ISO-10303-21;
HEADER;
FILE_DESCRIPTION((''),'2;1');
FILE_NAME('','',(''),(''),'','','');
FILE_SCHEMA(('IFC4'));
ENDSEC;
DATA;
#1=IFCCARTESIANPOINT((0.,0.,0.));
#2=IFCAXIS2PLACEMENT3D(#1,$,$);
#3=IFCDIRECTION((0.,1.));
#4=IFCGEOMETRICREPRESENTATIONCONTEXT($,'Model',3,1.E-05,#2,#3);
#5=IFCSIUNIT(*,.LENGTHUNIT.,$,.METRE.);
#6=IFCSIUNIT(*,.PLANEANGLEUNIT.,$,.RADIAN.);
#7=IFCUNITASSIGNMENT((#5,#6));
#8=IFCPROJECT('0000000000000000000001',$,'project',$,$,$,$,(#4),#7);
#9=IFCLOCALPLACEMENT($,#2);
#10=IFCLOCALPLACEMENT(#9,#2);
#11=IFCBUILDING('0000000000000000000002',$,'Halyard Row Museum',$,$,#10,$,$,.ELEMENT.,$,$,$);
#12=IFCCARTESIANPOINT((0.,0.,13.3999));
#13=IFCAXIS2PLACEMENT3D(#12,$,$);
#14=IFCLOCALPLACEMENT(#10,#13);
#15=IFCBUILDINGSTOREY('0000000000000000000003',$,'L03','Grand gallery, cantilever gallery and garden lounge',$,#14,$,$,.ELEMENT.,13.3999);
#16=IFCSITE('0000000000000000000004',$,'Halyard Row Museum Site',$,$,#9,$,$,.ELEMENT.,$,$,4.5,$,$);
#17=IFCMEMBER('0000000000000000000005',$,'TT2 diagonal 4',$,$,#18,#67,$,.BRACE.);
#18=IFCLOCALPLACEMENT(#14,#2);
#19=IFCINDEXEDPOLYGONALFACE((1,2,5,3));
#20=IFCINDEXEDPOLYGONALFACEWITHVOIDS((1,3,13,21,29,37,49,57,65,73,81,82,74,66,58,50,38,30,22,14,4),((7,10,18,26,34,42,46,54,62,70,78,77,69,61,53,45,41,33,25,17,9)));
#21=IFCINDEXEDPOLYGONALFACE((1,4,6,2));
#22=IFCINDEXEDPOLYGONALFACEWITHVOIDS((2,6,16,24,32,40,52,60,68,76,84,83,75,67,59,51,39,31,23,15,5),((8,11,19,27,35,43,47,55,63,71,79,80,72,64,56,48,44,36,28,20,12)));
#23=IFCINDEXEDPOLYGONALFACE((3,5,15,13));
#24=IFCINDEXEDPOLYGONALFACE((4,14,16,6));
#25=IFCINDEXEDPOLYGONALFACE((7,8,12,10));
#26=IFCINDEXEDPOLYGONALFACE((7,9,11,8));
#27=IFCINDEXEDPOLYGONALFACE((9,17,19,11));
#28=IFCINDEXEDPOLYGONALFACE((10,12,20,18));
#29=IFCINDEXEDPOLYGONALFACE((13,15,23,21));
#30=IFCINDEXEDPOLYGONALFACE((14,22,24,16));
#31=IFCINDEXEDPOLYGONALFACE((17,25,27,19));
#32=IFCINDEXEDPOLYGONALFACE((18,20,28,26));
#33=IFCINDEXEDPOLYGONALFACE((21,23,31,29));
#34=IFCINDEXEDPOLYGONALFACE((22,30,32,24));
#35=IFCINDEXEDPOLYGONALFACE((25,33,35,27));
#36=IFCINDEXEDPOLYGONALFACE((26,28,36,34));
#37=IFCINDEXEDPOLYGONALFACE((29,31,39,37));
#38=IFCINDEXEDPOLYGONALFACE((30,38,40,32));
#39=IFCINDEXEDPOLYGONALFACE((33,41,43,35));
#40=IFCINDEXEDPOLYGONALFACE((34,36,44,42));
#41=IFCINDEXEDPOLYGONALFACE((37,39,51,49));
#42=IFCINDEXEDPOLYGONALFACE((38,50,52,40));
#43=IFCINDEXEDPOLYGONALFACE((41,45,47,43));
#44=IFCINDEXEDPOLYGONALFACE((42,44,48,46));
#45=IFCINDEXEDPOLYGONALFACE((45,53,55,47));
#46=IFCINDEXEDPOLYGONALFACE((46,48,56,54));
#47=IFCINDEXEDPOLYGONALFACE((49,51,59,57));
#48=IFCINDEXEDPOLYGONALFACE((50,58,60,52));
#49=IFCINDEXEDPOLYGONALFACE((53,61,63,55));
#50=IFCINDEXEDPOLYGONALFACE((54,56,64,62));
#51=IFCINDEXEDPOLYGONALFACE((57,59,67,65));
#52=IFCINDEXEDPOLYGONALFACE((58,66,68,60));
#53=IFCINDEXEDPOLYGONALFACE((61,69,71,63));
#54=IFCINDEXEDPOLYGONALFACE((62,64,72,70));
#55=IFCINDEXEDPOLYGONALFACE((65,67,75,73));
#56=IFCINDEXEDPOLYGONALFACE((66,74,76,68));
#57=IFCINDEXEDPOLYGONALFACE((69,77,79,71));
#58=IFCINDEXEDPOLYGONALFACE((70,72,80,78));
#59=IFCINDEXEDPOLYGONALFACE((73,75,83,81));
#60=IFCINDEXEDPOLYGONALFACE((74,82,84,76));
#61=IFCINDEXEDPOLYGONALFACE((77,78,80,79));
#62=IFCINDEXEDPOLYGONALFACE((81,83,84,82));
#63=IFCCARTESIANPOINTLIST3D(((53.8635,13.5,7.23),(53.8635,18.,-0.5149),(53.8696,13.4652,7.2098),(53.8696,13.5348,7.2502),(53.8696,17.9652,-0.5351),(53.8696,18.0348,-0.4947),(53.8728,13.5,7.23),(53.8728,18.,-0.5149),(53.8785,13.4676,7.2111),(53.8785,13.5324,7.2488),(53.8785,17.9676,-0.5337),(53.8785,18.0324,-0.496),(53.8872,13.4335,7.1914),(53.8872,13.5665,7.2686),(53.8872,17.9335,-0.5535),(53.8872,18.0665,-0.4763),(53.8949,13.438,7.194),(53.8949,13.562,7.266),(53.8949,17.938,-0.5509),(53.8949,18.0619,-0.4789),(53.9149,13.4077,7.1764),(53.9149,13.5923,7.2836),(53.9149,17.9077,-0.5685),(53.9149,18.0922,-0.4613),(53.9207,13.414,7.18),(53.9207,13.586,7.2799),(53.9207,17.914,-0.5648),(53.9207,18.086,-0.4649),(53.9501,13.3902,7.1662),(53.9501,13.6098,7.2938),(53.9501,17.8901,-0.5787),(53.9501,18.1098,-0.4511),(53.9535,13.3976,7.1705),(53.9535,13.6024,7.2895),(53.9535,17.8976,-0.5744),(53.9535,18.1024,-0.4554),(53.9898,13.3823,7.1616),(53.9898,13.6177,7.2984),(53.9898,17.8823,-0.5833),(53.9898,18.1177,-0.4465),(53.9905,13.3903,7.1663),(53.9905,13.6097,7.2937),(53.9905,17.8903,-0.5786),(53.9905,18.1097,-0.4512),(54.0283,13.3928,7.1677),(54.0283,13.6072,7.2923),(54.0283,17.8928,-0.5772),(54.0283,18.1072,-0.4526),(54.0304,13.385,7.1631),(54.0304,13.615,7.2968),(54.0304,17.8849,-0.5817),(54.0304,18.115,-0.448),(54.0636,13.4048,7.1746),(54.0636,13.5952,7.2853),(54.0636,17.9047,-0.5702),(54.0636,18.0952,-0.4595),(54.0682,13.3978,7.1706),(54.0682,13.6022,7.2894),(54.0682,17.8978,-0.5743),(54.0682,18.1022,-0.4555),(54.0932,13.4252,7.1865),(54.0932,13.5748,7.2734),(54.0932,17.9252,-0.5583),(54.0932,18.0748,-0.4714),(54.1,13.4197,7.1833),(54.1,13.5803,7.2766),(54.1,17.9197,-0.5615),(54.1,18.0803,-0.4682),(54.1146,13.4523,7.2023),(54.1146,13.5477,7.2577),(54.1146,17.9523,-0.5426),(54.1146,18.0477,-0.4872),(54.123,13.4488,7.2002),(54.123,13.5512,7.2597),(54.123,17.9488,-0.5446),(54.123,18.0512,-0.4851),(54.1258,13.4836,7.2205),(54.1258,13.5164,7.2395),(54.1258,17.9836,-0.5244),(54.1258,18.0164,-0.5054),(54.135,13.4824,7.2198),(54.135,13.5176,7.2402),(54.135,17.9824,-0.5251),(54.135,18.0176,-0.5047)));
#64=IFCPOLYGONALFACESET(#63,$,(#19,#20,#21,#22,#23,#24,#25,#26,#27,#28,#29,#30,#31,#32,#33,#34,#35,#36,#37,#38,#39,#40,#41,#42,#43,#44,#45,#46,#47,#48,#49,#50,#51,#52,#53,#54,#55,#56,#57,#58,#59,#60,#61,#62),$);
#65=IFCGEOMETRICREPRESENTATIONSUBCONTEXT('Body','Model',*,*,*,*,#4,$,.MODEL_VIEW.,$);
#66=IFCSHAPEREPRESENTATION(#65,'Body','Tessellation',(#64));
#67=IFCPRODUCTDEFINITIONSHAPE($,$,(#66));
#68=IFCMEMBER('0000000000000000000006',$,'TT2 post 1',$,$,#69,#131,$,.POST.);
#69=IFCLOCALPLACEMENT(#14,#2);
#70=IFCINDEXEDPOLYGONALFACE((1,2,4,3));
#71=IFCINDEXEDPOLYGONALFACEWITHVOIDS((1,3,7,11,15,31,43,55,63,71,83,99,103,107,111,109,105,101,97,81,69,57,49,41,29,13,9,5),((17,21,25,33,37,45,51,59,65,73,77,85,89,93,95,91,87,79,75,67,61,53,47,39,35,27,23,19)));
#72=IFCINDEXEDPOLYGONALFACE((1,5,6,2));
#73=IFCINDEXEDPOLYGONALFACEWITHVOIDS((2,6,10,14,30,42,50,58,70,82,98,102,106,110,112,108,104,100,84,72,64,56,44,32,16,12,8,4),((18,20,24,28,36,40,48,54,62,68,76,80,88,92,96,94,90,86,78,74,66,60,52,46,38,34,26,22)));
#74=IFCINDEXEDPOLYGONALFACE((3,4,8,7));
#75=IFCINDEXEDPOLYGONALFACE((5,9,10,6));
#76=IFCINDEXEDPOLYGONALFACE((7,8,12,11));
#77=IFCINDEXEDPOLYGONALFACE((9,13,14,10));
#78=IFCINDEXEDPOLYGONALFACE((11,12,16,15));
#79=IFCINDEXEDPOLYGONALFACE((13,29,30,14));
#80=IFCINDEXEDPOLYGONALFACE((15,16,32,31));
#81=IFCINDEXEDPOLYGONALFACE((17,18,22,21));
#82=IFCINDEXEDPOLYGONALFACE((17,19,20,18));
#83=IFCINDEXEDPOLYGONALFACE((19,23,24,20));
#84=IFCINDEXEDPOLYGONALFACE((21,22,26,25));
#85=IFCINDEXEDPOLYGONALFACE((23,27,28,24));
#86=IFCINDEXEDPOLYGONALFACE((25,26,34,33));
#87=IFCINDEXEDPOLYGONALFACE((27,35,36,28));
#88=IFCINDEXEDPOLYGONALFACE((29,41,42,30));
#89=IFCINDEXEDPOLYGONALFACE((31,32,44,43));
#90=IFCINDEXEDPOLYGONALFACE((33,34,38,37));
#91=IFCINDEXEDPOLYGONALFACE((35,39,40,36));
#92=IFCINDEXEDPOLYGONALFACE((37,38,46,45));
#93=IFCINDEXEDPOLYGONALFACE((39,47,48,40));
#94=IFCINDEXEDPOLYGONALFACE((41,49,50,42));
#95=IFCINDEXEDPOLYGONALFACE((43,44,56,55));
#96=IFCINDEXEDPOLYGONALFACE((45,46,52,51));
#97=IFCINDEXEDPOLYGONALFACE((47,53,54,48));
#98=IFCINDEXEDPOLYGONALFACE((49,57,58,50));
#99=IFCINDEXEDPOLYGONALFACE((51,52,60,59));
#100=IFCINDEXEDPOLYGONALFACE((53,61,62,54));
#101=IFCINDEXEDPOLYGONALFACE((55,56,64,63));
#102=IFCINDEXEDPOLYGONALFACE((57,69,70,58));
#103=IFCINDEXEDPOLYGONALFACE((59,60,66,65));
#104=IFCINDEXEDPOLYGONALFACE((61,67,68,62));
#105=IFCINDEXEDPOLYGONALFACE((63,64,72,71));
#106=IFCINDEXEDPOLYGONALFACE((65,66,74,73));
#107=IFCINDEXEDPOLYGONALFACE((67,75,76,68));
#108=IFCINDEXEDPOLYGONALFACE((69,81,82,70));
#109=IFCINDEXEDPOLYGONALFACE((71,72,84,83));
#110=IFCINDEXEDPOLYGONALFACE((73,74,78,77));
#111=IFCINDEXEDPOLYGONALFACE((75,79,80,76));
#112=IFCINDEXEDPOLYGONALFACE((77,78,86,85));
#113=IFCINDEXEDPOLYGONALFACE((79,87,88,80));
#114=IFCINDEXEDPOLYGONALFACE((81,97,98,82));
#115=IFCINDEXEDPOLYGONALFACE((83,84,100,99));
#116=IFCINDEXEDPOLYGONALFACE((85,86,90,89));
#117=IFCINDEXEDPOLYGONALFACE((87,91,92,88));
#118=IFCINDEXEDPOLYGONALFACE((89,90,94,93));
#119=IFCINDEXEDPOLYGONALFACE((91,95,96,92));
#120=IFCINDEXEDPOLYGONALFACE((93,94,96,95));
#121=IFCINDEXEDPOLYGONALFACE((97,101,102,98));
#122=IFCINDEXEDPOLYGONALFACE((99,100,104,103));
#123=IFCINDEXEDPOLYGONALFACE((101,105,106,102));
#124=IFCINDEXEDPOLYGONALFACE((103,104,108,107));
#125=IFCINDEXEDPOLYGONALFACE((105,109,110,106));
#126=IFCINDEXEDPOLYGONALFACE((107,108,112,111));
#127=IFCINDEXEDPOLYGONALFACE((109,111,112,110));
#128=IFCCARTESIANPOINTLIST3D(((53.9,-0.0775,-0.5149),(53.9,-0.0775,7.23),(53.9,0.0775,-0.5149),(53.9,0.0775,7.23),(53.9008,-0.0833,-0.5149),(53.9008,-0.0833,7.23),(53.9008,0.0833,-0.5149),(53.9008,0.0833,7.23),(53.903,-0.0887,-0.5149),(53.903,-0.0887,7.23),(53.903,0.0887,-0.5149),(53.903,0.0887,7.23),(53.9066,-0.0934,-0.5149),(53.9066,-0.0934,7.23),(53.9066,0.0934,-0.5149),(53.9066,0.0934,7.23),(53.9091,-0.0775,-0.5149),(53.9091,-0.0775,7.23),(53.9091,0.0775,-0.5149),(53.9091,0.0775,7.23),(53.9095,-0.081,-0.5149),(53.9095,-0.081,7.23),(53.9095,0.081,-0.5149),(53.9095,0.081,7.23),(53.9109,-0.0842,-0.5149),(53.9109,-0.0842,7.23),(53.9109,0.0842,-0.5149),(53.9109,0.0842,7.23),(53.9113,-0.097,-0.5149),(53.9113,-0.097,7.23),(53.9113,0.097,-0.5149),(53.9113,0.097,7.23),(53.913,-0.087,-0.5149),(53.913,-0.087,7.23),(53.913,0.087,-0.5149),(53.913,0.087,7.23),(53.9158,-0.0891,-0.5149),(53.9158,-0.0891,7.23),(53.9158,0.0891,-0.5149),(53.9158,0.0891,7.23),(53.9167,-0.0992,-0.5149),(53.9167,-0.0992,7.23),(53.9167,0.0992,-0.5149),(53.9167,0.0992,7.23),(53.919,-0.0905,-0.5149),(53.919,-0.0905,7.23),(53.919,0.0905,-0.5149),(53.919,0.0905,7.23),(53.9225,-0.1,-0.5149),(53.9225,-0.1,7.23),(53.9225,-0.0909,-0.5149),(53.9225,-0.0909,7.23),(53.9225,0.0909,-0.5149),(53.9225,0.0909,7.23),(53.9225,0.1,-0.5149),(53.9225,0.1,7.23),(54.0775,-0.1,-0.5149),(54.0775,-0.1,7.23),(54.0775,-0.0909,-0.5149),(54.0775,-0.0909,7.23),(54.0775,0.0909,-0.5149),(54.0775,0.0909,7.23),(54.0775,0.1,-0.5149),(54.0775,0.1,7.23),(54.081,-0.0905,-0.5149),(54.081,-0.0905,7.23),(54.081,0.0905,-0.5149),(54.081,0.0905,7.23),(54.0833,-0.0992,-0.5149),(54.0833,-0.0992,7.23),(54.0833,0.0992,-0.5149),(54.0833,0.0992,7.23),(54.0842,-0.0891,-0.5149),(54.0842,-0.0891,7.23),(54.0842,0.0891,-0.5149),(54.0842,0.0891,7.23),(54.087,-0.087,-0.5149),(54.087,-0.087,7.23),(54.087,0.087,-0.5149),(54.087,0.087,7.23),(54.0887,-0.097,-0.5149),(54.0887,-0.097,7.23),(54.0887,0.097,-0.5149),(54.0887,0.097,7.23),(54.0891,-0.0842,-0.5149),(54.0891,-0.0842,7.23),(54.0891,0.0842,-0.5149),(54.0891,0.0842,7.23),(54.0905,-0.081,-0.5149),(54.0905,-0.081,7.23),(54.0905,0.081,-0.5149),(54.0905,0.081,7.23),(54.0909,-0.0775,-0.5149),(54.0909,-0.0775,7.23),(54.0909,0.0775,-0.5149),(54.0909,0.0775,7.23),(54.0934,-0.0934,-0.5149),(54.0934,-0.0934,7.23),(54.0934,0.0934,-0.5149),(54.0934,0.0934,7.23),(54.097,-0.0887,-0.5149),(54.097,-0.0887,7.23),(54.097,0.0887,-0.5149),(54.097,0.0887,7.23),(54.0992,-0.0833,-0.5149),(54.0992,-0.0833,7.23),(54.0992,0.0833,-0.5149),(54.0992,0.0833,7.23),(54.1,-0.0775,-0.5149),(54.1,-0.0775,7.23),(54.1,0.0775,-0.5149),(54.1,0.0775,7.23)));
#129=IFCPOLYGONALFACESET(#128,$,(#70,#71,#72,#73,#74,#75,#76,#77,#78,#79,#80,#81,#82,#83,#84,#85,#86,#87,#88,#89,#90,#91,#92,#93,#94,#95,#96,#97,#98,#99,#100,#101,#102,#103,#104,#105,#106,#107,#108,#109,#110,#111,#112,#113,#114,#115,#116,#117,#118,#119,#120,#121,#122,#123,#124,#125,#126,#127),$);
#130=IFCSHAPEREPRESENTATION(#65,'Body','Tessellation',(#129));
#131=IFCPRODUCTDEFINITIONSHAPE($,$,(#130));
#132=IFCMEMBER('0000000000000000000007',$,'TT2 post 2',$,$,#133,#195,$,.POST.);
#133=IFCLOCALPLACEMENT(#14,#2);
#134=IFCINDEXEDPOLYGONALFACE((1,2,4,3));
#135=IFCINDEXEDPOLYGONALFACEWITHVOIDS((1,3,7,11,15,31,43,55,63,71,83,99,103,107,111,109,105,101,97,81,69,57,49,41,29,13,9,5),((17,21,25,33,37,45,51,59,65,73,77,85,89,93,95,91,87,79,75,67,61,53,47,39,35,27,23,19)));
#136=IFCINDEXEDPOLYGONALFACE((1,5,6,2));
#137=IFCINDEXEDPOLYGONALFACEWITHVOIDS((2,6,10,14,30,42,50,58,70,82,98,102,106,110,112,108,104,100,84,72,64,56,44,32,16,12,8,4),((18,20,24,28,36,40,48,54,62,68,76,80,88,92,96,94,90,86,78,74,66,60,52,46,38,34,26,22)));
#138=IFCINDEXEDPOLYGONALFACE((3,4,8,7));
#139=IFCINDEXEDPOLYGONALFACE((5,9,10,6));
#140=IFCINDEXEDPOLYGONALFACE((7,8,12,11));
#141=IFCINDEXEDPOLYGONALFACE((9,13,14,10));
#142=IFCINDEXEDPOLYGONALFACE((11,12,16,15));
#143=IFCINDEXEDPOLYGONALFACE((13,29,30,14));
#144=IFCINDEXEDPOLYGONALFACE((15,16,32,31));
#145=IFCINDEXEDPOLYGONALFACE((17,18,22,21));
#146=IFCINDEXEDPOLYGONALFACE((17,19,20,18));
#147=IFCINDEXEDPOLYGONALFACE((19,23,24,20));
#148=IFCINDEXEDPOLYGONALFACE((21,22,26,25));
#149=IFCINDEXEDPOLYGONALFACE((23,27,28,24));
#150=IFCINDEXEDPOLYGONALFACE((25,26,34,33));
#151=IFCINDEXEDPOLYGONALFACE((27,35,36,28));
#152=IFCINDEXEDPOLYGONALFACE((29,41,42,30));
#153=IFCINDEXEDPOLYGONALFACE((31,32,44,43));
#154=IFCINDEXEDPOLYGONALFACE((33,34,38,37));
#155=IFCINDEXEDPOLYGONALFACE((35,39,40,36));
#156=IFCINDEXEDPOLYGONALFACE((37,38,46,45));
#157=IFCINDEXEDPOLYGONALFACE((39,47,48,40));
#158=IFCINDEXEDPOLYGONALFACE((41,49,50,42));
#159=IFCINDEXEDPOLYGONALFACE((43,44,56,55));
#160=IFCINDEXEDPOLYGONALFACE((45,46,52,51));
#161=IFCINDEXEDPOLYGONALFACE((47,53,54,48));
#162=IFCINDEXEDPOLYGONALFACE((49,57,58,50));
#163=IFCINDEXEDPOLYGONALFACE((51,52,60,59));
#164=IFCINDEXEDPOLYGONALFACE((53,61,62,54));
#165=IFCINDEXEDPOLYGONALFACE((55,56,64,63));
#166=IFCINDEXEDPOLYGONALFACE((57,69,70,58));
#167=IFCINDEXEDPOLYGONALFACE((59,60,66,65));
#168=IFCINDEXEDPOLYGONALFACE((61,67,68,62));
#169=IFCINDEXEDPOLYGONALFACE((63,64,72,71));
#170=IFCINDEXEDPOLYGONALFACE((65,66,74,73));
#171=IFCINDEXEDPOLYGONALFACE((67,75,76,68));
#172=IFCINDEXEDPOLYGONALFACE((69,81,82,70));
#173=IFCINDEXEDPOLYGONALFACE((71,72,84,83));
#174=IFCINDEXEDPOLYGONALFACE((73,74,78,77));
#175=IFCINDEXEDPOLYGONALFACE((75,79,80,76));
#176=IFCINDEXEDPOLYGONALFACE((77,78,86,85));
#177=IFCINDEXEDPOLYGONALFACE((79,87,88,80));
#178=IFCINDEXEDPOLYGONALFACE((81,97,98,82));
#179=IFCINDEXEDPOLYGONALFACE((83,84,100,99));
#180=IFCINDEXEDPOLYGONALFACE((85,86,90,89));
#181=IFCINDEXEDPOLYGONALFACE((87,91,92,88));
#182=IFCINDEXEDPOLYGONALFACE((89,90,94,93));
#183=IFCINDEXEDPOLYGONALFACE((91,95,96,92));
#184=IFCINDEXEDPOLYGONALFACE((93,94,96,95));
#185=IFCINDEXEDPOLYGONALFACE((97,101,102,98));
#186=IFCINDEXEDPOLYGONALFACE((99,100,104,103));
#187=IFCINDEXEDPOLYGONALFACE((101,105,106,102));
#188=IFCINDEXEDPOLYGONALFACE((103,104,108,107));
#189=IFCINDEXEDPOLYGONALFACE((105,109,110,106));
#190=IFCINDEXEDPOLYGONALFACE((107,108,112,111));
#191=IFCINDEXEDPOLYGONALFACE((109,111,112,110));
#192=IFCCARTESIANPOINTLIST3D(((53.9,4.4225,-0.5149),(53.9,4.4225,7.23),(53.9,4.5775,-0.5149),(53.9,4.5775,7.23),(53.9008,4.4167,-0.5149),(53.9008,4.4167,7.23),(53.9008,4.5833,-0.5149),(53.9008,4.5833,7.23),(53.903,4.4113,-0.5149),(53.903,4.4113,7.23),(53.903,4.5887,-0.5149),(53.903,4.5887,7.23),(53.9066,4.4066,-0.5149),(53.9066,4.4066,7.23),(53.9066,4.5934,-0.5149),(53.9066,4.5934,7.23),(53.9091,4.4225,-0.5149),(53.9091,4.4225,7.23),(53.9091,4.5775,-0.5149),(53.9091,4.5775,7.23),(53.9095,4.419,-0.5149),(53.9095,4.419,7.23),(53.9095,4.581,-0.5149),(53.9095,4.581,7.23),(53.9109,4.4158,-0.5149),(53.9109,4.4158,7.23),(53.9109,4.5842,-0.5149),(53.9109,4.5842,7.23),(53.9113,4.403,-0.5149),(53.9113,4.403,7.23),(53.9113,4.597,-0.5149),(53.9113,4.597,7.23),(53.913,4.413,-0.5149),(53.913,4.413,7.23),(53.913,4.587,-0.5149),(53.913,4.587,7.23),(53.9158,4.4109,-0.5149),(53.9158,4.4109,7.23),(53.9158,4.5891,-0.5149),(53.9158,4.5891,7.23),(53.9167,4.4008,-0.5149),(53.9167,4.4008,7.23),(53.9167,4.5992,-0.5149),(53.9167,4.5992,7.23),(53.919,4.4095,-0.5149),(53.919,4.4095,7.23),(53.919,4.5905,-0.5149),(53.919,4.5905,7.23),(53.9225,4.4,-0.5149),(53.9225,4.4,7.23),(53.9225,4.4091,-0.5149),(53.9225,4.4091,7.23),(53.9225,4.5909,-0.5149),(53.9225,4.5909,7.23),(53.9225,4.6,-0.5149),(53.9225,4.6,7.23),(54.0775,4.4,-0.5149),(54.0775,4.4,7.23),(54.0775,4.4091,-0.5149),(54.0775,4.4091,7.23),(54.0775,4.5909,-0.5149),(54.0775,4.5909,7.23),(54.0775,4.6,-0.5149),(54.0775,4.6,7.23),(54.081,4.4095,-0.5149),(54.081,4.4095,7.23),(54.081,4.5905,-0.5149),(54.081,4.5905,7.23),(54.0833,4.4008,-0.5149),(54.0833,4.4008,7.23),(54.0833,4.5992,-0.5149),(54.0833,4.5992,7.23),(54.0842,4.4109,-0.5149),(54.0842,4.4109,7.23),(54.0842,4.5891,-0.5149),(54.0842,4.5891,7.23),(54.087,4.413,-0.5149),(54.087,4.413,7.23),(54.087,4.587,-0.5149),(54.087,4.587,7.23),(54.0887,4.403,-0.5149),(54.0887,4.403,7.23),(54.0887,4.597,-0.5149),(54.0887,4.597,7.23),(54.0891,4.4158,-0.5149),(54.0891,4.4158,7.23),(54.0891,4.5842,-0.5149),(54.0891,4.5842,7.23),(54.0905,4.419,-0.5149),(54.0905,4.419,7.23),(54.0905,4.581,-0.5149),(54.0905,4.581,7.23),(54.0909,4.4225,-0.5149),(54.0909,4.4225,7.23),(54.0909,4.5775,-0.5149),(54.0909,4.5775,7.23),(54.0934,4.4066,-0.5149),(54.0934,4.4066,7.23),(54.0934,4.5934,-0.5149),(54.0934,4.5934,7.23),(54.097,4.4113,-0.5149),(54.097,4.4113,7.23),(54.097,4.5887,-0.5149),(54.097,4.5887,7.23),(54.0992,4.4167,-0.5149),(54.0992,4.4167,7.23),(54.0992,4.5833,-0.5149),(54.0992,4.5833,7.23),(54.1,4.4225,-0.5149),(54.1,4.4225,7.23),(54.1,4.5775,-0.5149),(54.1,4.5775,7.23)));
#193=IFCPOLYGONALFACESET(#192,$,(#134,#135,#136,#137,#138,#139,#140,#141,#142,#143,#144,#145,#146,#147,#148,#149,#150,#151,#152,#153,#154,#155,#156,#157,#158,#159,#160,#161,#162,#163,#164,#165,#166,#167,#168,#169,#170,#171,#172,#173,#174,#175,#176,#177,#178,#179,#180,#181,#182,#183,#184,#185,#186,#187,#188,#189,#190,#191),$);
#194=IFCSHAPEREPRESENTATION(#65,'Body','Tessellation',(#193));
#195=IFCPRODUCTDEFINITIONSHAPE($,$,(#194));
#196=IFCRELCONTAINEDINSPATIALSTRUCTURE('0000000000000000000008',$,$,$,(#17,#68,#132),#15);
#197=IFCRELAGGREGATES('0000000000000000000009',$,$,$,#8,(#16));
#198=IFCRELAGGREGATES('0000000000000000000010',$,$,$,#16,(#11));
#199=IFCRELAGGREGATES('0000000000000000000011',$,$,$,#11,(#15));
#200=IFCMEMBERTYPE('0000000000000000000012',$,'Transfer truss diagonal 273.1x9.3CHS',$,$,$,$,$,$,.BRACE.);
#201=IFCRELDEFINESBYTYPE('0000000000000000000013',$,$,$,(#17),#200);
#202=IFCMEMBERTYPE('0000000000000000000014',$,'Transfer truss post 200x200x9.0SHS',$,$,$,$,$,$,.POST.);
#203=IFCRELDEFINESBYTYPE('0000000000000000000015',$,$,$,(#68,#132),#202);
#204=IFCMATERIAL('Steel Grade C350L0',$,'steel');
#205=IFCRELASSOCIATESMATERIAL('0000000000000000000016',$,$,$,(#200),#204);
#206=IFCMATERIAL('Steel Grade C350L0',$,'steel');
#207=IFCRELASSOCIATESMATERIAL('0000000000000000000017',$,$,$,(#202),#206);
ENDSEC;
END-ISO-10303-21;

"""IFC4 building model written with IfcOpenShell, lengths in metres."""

from ifc_helpers import new_model, si_unit, direction, frame, origin, origin_2d, place, context, subcontext, project, spatial, hollow_rectangle, hollow_circle, extrude, material, material_profile, profile_set, type_object, element, save


model = new_model("IFC4")

# Units and contexts
model_context = context("Model", 3, precision=1e-05, world=origin(), true_north=direction((0.0, 1.0)))
body_context = subcontext(model_context, "Body", "Model", "MODEL_VIEW")
ifc_project = project(units=[si_unit("LENGTHUNIT", "METRE"), si_unit("PLANEANGLEUNIT", "RADIAN")], contexts=[model_context])

# Site, building, storey
site_placement = place(None, origin())
site = spatial("IfcSite", under=ifc_project, at=site_placement, Name="Halyard Row Museum Site", CompositionType="ELEMENT", RefElevation=4.5)
building_placement = place(site_placement, origin())
building = spatial("IfcBuilding", under=site, at=building_placement, Name="Halyard Row Museum", CompositionType="ELEMENT")
storey_placement = place(building_placement, frame((0.0, 0.0, 13.3999)))
storey = spatial("IfcBuildingStorey", under=building, at=storey_placement, Name="L03", Description="Grand gallery, cantilever gallery and garden lounge", CompositionType="ELEMENT", Elevation=13.3999)

# Members
ifc_material_1 = material(Name="Steel Grade C350L0", Category="steel")
ifc_material_profile_1 = material_profile(ifc_material_1, hollow_circle(Radius=0.1365, WallThickness=0.0093, at=origin_2d()), Name="273.1x9.3CHS")
ifc_profile_set_1 = profile_set([ifc_material_profile_1], Name="Steel Grade C350L0")
member_type_1 = type_object("IfcMemberType", Name="Transfer truss diagonal 273.1x9.3CHS", PredefinedType="BRACE", material=ifc_profile_set_1)
for number, where, z_axis, x_axis, name in (
    (1, (54.0, 13.5, 7.23), (0.0, 0.502384, -0.864645), (-1.0, 0.0, 0.0), "TT2 diagonal 4"),
):
    element("IfcMember", number, at=place(storey_placement, frame(where, z_axis=z_axis, x_axis=x_axis)), inside=storey, type_object=member_type_1, Name=name, PredefinedType="BRACE", context=body_context, shape_type="SweptSolid", body=[
        extrude(hollow_circle(Radius=0.1365, WallThickness=0.0093, at=origin_2d()), origin(), (0.0, 0.0, 1.0), 8.9573),
    ])
ifc_material_2 = material(Name="Steel Grade C350L0", Category="steel")
ifc_material_profile_2 = material_profile(ifc_material_2, hollow_rectangle(XDim=0.2, YDim=0.2, WallThickness=0.009, InnerFilletRadius=0.0134, OuterFilletRadius=0.0225, at=origin_2d()), Name="200x200x9.0SHS")
ifc_profile_set_2 = profile_set([ifc_material_profile_2], Name="Steel Grade C350L0")
member_type_2 = type_object("IfcMemberType", Name="Transfer truss post 200x200x9.0SHS", PredefinedType="POST", material=ifc_profile_set_2)
for number, where, z_axis, x_axis, name in (
    (2, (54.0, 0.0, -0.5149), (0.0, 0.0, 1.0), (1.0, 0.0, 0.0), "TT2 post 1"),
    (3, (54.0, 4.5, -0.5149), (0.0, 0.0, 1.0), (1.0, 0.0, 0.0), "TT2 post 2"),
):
    element("IfcMember", number, at=place(storey_placement, frame(where, z_axis=z_axis, x_axis=x_axis)), inside=storey, type_object=member_type_2, Name=name, PredefinedType="POST", context=body_context, shape_type="SweptSolid", body=[
        extrude(hollow_rectangle(XDim=0.2, YDim=0.2, WallThickness=0.009, InnerFilletRadius=0.0134, OuterFilletRadius=0.0225, at=origin_2d()), origin(), (0.0, 0.0, 1.0), 7.7449),
    ])

save(model, "model.ifc")
